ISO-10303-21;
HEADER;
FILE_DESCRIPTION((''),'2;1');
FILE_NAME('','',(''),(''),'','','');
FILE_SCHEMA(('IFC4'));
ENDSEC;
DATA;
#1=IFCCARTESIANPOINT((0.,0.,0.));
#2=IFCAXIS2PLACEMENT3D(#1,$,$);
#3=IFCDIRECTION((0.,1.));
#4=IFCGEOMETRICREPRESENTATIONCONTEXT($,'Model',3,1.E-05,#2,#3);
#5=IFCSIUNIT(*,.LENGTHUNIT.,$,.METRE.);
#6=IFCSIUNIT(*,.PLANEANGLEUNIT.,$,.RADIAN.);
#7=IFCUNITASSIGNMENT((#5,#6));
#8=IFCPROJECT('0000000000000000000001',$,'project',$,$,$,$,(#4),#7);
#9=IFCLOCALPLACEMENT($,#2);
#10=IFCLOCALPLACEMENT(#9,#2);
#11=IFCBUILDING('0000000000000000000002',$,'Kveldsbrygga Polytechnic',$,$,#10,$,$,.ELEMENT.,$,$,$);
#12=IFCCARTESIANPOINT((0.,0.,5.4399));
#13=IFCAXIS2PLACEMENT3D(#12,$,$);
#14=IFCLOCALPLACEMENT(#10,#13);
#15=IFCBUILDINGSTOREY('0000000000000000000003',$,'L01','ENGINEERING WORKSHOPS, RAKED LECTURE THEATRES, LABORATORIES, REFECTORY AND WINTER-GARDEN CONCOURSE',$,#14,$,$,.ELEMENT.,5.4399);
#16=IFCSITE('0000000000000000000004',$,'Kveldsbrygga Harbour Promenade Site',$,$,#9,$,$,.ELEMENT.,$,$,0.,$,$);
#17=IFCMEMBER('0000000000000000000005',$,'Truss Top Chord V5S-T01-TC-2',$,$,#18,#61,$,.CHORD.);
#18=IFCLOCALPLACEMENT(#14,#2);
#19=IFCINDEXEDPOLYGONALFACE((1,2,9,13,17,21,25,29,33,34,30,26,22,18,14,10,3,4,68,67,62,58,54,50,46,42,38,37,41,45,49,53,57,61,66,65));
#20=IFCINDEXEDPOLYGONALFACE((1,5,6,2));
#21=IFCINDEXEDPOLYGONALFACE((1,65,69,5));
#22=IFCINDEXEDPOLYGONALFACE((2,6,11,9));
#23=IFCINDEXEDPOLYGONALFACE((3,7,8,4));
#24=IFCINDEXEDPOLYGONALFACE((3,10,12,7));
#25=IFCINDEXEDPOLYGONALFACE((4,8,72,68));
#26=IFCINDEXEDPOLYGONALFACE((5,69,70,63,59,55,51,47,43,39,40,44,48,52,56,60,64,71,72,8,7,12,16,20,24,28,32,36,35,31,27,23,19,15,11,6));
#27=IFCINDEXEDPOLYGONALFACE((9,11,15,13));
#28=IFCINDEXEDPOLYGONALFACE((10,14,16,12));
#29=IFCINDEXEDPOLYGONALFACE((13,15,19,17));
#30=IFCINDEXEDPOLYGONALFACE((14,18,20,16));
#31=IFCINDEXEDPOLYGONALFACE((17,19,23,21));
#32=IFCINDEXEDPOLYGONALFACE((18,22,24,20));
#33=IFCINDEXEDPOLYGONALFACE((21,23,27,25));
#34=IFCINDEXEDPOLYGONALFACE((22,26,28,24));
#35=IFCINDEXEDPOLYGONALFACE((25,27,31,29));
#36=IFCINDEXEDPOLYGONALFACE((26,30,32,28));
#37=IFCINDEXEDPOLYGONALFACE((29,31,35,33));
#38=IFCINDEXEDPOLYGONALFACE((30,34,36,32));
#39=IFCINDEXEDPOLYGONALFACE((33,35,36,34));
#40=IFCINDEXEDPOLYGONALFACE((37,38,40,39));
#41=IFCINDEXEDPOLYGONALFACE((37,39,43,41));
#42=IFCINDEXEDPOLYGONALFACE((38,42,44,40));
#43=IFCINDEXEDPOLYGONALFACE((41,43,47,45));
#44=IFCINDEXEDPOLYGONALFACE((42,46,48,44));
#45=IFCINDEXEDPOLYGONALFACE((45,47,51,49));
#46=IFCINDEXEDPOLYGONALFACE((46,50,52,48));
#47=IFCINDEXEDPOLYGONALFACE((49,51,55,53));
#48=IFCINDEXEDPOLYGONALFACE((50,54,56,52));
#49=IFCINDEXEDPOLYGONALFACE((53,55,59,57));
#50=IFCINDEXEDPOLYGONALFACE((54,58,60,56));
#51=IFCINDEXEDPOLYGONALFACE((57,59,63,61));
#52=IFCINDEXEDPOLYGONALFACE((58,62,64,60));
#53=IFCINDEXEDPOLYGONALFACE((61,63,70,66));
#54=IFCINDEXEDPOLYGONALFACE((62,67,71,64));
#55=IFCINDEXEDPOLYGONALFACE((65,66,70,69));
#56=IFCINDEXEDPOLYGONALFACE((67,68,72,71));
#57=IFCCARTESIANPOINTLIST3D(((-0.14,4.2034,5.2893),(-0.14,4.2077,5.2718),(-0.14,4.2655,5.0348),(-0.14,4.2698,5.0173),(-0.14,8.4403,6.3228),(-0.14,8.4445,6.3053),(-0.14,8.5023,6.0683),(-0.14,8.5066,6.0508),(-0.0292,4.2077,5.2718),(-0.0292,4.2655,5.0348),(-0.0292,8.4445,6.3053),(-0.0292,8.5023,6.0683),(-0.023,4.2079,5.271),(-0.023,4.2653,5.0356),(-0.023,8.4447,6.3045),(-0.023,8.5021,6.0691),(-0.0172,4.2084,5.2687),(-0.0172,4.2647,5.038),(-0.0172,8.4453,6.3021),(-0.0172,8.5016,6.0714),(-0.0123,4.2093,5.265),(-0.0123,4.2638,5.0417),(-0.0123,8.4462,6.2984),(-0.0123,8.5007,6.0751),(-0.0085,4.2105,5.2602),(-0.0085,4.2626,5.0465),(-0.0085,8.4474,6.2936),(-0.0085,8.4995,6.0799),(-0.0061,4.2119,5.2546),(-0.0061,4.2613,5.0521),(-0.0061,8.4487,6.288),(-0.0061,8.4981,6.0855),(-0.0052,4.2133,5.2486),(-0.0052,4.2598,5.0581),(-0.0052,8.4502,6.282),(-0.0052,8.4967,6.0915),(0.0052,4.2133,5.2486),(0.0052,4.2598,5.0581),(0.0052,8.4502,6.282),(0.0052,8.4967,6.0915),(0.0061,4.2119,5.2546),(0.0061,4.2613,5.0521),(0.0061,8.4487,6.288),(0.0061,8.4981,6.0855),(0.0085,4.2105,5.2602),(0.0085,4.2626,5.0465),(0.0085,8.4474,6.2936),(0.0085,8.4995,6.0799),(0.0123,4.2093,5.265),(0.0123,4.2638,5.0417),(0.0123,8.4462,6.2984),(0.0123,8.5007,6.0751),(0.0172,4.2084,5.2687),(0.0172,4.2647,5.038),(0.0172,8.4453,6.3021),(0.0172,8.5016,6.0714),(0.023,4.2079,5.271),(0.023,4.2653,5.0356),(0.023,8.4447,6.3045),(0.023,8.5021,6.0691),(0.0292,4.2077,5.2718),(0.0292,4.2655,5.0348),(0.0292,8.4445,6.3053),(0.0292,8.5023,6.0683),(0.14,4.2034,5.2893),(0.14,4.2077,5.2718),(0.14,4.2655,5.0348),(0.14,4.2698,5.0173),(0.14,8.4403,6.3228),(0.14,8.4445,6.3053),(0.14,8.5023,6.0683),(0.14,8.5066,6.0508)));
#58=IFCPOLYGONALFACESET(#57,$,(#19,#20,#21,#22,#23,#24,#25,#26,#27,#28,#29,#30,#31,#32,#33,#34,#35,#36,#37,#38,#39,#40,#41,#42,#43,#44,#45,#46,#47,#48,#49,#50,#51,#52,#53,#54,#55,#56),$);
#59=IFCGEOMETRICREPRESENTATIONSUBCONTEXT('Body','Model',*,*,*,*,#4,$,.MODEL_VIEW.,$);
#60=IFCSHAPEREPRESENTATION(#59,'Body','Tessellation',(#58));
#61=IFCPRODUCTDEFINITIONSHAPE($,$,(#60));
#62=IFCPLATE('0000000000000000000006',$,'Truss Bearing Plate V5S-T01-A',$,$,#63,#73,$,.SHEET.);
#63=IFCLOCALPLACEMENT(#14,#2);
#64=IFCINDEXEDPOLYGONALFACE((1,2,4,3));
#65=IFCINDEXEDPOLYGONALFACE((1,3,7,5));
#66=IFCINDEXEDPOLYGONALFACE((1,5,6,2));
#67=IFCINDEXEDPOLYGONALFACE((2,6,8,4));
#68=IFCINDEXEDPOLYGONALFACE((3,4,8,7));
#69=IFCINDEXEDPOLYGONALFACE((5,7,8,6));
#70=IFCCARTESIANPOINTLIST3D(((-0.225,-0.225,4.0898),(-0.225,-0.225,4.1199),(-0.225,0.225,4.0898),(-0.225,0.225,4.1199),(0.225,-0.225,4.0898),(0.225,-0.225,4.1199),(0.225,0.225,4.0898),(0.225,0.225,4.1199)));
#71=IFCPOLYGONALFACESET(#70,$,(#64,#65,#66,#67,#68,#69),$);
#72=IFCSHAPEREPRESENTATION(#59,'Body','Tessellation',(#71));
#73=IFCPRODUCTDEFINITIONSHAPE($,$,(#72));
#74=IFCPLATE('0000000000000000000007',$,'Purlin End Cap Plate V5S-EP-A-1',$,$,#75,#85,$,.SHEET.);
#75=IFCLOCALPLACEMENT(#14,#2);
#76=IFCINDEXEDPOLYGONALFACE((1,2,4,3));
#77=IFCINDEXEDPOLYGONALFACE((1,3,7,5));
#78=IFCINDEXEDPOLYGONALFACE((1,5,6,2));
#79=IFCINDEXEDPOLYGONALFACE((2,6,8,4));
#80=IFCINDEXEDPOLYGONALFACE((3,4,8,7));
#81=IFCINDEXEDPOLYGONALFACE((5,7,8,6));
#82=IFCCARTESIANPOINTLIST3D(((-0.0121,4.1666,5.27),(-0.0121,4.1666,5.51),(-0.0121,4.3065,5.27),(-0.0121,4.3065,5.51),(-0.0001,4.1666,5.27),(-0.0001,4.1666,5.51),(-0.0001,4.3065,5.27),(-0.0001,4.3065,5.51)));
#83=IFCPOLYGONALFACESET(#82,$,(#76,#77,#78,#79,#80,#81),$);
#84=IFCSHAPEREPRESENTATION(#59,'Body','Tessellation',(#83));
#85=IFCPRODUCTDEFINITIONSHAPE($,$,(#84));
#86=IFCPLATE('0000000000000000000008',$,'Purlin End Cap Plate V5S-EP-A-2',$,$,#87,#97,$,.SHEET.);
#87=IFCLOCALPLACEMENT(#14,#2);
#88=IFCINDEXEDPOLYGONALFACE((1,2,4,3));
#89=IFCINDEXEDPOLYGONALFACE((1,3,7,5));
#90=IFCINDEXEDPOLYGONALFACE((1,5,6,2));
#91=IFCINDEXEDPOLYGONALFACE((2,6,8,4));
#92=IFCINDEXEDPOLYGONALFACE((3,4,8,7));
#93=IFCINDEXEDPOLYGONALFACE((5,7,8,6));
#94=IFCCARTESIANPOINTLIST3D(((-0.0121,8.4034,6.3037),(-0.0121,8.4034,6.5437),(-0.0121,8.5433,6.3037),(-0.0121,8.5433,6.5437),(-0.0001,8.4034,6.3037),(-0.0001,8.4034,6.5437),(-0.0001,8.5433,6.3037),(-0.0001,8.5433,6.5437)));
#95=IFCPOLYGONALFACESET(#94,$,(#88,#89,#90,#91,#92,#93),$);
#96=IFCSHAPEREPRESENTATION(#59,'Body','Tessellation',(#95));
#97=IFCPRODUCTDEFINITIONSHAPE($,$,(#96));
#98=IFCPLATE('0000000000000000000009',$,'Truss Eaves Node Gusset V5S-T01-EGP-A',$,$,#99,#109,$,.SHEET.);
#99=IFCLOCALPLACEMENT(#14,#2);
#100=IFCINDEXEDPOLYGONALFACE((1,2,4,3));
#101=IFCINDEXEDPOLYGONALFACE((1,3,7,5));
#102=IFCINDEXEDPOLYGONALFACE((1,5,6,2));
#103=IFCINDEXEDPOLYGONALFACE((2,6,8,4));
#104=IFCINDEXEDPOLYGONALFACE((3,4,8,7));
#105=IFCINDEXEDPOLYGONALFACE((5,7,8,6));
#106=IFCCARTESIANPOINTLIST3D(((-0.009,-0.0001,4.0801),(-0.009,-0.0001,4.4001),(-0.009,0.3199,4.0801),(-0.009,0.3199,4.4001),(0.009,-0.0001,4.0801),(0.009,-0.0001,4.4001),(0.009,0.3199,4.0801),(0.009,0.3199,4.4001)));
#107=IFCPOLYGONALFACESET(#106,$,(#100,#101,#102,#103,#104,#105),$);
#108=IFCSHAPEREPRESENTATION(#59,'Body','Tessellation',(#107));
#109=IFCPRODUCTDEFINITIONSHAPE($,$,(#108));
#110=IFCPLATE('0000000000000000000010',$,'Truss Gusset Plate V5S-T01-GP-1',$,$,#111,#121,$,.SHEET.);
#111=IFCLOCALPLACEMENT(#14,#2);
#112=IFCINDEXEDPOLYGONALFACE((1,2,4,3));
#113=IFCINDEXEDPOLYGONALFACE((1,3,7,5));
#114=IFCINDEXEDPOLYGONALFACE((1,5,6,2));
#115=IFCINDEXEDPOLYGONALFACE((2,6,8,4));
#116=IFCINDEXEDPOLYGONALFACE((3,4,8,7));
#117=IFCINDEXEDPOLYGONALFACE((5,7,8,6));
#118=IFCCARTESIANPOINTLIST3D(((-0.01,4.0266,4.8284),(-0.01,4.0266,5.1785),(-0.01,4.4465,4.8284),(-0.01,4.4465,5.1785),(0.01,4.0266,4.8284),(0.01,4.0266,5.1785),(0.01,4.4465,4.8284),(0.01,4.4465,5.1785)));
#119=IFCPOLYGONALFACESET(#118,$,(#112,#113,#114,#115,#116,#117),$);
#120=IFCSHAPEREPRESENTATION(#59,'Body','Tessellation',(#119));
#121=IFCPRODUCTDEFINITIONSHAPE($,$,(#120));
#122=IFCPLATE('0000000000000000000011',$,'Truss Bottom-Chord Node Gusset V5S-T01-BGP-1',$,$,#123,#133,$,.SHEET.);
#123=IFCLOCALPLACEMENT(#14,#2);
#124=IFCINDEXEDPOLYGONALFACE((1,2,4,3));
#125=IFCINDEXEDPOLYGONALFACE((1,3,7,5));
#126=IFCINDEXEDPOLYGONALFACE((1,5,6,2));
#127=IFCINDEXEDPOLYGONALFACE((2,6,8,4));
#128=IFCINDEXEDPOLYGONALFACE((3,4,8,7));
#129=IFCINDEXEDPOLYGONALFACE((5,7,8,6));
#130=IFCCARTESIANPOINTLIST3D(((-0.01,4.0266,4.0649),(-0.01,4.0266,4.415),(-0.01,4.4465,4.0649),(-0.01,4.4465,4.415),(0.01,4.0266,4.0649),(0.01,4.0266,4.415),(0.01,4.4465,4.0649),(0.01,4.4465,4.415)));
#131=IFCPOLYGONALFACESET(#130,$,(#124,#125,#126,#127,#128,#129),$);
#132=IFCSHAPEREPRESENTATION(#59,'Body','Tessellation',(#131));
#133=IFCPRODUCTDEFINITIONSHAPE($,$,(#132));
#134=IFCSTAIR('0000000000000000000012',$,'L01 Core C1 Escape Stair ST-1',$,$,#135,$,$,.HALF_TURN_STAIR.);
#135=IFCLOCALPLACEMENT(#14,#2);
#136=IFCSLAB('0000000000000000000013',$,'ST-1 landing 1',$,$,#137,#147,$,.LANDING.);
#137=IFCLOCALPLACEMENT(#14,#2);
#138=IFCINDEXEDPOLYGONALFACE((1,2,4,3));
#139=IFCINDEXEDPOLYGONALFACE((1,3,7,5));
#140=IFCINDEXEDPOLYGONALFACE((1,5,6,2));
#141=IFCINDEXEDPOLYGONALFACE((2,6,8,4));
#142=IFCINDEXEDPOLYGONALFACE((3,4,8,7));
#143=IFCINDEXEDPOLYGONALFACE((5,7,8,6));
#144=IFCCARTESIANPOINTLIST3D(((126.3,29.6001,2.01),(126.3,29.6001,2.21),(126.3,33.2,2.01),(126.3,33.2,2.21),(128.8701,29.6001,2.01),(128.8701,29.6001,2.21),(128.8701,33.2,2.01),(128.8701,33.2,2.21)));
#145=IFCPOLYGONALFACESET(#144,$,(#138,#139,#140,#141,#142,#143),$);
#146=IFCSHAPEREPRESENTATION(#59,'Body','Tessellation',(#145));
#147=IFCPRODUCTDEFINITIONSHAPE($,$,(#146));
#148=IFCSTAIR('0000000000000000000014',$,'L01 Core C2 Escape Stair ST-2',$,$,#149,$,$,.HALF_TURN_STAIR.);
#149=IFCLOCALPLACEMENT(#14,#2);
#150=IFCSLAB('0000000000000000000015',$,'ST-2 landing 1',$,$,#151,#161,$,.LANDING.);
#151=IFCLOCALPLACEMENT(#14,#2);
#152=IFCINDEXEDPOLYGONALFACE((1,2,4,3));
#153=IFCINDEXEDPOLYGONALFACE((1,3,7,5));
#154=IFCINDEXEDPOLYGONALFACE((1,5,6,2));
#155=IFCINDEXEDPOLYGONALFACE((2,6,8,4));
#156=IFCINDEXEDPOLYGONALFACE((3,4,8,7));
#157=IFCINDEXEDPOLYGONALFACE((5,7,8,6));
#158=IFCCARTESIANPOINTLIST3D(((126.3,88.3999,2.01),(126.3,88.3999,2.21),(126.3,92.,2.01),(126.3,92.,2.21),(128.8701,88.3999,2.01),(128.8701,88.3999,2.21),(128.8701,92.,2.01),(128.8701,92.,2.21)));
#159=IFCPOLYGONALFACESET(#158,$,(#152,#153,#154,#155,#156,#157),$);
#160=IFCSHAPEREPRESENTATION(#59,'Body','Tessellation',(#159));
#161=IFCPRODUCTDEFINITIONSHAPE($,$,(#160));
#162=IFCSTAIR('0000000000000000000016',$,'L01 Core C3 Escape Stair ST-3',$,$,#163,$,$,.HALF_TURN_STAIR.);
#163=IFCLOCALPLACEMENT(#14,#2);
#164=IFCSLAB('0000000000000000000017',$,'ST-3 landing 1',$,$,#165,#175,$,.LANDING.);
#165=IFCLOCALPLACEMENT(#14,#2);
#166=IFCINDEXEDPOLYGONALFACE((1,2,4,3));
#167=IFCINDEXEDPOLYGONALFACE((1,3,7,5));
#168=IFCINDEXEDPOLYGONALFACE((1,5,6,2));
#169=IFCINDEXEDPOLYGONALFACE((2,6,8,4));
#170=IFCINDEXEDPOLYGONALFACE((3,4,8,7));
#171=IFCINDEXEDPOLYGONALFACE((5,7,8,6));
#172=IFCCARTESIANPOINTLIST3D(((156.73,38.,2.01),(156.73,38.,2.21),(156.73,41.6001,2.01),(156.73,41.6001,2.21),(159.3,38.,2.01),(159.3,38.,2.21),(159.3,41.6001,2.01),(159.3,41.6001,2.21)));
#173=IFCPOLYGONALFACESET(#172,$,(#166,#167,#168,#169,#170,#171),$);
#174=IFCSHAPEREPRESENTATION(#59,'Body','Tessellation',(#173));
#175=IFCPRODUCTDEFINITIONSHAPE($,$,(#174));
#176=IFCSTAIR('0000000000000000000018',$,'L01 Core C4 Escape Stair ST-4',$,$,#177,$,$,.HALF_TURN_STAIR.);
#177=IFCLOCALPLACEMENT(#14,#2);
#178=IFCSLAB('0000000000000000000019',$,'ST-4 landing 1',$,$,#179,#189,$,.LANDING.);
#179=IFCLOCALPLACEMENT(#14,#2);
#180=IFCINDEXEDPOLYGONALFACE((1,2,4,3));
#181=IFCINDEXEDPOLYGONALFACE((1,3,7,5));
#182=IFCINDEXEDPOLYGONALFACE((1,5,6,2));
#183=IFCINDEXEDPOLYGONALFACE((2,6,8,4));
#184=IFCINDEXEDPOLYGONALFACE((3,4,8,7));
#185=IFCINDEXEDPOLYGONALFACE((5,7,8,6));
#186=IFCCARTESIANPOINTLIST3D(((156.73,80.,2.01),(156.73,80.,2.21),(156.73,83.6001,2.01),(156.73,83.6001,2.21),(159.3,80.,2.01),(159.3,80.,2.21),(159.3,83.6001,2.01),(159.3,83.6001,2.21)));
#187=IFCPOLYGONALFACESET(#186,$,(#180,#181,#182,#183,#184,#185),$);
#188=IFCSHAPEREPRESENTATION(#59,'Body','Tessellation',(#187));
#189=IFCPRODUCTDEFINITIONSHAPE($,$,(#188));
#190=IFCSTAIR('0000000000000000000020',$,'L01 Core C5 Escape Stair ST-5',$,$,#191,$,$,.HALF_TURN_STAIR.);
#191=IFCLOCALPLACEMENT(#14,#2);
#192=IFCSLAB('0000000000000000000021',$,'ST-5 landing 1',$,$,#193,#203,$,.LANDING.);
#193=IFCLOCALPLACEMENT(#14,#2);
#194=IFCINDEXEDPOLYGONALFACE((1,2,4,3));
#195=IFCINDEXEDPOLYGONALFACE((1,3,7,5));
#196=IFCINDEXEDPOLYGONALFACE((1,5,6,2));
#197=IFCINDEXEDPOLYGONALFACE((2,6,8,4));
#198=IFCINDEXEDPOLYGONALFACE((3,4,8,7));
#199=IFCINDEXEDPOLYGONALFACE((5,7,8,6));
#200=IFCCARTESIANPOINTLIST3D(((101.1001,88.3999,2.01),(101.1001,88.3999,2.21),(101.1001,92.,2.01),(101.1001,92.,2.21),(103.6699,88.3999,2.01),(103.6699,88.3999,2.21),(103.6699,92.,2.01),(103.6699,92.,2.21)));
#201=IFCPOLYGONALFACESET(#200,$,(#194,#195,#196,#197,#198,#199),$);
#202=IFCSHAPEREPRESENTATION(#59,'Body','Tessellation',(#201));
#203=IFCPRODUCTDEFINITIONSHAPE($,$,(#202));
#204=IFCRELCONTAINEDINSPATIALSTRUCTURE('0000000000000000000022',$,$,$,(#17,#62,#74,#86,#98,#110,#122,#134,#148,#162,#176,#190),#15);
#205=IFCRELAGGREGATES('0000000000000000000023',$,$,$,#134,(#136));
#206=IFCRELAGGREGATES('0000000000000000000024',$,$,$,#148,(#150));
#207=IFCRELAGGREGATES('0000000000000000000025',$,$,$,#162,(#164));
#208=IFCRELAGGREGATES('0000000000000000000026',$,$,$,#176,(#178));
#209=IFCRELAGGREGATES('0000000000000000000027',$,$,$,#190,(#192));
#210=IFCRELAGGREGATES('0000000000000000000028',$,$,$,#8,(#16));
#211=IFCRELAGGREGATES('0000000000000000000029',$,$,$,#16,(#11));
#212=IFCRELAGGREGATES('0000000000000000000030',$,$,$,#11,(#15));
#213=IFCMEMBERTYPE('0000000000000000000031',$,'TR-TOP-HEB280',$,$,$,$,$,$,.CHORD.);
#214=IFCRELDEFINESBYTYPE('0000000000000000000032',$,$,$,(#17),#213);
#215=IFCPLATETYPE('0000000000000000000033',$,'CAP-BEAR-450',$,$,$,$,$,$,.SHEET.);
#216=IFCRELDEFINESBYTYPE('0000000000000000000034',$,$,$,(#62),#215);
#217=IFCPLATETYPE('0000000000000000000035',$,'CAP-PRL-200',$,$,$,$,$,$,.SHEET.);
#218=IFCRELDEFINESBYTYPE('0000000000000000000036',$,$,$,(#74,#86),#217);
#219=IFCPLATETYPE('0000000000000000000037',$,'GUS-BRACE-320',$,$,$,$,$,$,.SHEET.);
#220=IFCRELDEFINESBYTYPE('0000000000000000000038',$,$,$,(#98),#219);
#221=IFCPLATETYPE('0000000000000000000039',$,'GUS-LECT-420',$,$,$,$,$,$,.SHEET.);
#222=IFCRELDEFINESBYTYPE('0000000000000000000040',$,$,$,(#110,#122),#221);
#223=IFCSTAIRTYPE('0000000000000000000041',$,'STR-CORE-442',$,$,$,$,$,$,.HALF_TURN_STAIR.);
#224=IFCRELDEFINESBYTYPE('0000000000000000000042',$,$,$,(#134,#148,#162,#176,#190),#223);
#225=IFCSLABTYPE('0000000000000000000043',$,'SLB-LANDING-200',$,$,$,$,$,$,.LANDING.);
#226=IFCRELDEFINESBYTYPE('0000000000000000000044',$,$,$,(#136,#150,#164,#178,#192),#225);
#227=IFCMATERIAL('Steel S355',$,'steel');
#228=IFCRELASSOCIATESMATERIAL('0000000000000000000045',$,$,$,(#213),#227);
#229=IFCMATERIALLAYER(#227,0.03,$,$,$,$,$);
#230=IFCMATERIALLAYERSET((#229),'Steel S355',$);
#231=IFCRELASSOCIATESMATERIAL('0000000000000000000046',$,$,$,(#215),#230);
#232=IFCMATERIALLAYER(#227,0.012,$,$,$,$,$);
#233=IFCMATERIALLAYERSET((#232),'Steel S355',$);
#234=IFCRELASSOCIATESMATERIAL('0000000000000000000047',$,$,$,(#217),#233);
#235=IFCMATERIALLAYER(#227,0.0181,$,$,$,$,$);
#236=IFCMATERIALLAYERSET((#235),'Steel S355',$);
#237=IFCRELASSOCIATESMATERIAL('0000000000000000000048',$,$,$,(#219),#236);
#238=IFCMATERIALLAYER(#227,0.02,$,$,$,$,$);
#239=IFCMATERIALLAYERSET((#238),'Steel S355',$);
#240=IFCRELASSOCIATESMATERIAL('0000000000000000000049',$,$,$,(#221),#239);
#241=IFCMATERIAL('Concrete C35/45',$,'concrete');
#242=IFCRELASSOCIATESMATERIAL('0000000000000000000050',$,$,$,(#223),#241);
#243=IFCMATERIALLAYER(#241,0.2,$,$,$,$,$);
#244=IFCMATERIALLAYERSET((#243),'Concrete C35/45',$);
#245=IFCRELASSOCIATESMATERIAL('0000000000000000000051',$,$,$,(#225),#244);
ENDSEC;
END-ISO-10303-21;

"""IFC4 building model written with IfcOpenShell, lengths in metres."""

from ifc_helpers import new_model, si_unit, direction, frame, origin, origin_2d, place, context, subcontext, project, spatial, polyline, rectangle, i_section, outline, extrude, material, layer, layer_set, material_profile, profile_set, type_object, element, aggregate, save


model = new_model("IFC4")

# Units and contexts
model_context = context("Model", 3, precision=1e-05, world=origin(), true_north=direction((0.0, 1.0)))
body_context = subcontext(model_context, "Body", "Model", "MODEL_VIEW")
ifc_project = project(units=[si_unit("LENGTHUNIT", "METRE"), si_unit("PLANEANGLEUNIT", "RADIAN")], contexts=[model_context])

# Site, building, storey
site_placement = place(None, origin())
site = spatial("IfcSite", under=ifc_project, at=site_placement, Name="Kveldsbrygga Harbour Promenade Site", CompositionType="ELEMENT", RefElevation=0.0)
building_placement = place(site_placement, origin())
building = spatial("IfcBuilding", under=site, at=building_placement, Name="Kveldsbrygga Polytechnic", CompositionType="ELEMENT")
storey_placement = place(building_placement, frame((0.0, 0.0, 5.4399)))
storey = spatial("IfcBuildingStorey", under=building, at=storey_placement, Name="L01", Description="ENGINEERING WORKSHOPS, RAKED LECTURE THEATRES, LABORATORIES, REFECTORY AND WINTER-GARDEN CONCOURSE", CompositionType="ELEMENT", Elevation=5.4399)

# Member
ifc_material_1 = material(Name="Steel S355", Category="steel")
ifc_material_profile_1 = material_profile(ifc_material_1, i_section(OverallWidth=0.28, OverallDepth=0.28, WebThickness=0.0105, FlangeThickness=0.0181, FilletRadius=0.0239, at=origin_2d()), Name="HEB 280")
ifc_profile_set_1 = profile_set([ifc_material_profile_1], Name="Steel S355")
member_type_1 = type_object("IfcMemberType", Name="TR-TOP-HEB280", PredefinedType="CHORD", material=ifc_profile_set_1)
member_1_placement = place(storey_placement, frame((0.0, 4.2366, 5.1533), z_axis=(0.0, 0.971516, 0.236973), x_axis=(-1.0, 0.0, 0.0)))
element("IfcMember", 1, at=member_1_placement, inside=storey, type_object=member_type_1, Name="Truss Top Chord V5S-T01-TC-2", PredefinedType="CHORD", context=body_context, shape_type="SweptSolid", body=[
    extrude(i_section(OverallWidth=0.28, OverallDepth=0.28, WebThickness=0.0105, FlangeThickness=0.0181, FilletRadius=0.0239, at=origin_2d()), origin(), (0.0, 0.0, 1.0), 4.3611),
])

# Plates
ifc_layer_1 = layer(ifc_material_1, 0.03)
ifc_layer_set_1 = layer_set([ifc_layer_1], Name="Steel S355")
plate_type_1 = type_object("IfcPlateType", Name="CAP-BEAR-450", PredefinedType="SHEET", material=ifc_layer_set_1)
plate_1_placement = place(storey_placement, frame((0.0, 0.0, 4.0898), z_axis=(0.0, 0.0, 1.0), x_axis=(1.0, 0.0, 0.0)))
element("IfcPlate", 2, at=plate_1_placement, inside=storey, type_object=plate_type_1, Name="Truss Bearing Plate V5S-T01-A", PredefinedType="SHEET", context=body_context, shape_type="SweptSolid", body=[
    extrude(rectangle(XDim=0.45, YDim=0.45, at=origin_2d()), origin(), (0.0, 0.0, 1.0), 0.03),
])
ifc_layer_2 = layer(ifc_material_1, 0.012)
ifc_layer_set_2 = layer_set([ifc_layer_2], Name="Steel S355")
plate_type_2 = type_object("IfcPlateType", Name="CAP-PRL-200", PredefinedType="SHEET", material=ifc_layer_set_2)
for number, where, z_axis, x_axis, name in (
    (3, (-0.0061, 4.2366, 5.27), (0.0, 0.0, 1.0), (1.0, 0.0, 0.0), "Purlin End Cap Plate V5S-EP-A-1"),
    (4, (-0.0061, 8.4734, 6.3037), (0.0, 0.0, 1.0), (1.0, 0.0, 0.0), "Purlin End Cap Plate V5S-EP-A-2"),
):
    element("IfcPlate", number, at=place(storey_placement, frame(where, z_axis=z_axis, x_axis=x_axis)), inside=storey, type_object=plate_type_2, Name=name, PredefinedType="SHEET", context=body_context, shape_type="SweptSolid", body=[
        extrude(rectangle(XDim=0.012, YDim=0.1399, at=origin_2d()), origin(), (0.0, 0.0, 1.0), 0.24),
    ])
ifc_layer_3 = layer(ifc_material_1, 0.0181)
ifc_layer_set_3 = layer_set([ifc_layer_3], Name="Steel S355")
plate_type_3 = type_object("IfcPlateType", Name="GUS-BRACE-320", PredefinedType="SHEET", material=ifc_layer_set_3)
plate_2_placement = place(storey_placement, frame((0.0, 0.1599, 4.0801), z_axis=(0.0, 0.0, 1.0), x_axis=(1.0, 0.0, 0.0)))
element("IfcPlate", 5, at=plate_2_placement, inside=storey, type_object=plate_type_3, Name="Truss Eaves Node Gusset V5S-T01-EGP-A", PredefinedType="SHEET", context=body_context, shape_type="SweptSolid", body=[
    extrude(rectangle(XDim=0.0181, YDim=0.3201, at=origin_2d()), origin(), (0.0, 0.0, 1.0), 0.3201),
])
ifc_layer_4 = layer(ifc_material_1, 0.02)
ifc_layer_set_4 = layer_set([ifc_layer_4], Name="Steel S355")
plate_type_4 = type_object("IfcPlateType", Name="GUS-LECT-420", PredefinedType="SHEET", material=ifc_layer_set_4)
for number, where, z_axis, x_axis, name in (
    (6, (0.0, 4.2366, 4.8284), (0.0, 0.0, 1.0), (1.0, 0.0, 0.0), "Truss Gusset Plate V5S-T01-GP-1"),
    (7, (0.0, 4.2366, 4.0649), (0.0, 0.0, 1.0), (1.0, 0.0, 0.0), "Truss Bottom-Chord Node Gusset V5S-T01-BGP-1"),
):
    element("IfcPlate", number, at=place(storey_placement, frame(where, z_axis=z_axis, x_axis=x_axis)), inside=storey, type_object=plate_type_4, Name=name, PredefinedType="SHEET", context=body_context, shape_type="SweptSolid", body=[
        extrude(rectangle(XDim=0.02, YDim=0.4199, at=origin_2d()), origin(), (0.0, 0.0, 1.0), 0.3501),
    ])

# Stairs, slabs
ifc_material_2 = material(Name="Concrete C35/45", Category="concrete")
stair_type = type_object("IfcStairType", Name="STR-CORE-442", PredefinedType="HALF_TURN_STAIR", material=ifc_material_2)
stair_1_placement = place(storey_placement, origin())
stair_1 = element("IfcStair", 8, at=stair_1_placement, inside=storey, type_object=stair_type, Name="L01 Core C1 Escape Stair ST-1", PredefinedType="HALF_TURN_STAIR")
ifc_layer_5 = layer(ifc_material_2, 0.2)
ifc_layer_set_5 = layer_set([ifc_layer_5], Name="Concrete C35/45")
slab_type = type_object("IfcSlabType", Name="SLB-LANDING-200", PredefinedType="LANDING", material=ifc_layer_set_5)
slab_1_placement = place(storey_placement, frame((0.0, 0.0, 2.01)))
slab_1 = element("IfcSlab", 9, at=slab_1_placement, type_object=slab_type, Name="ST-1 landing 1", PredefinedType="LANDING", context=body_context, shape_type="SweptSolid", body=[
    extrude(outline(polyline([(128.8701, 33.2), (126.3, 33.2), (126.3, 29.6001), (128.8701, 29.6001), (128.8701, 33.2)])), origin(), (0.0, 0.0, 1.0), 0.2),
])
aggregate(stair_1, [slab_1])
stair_2_placement = place(storey_placement, origin())
stair_2 = element("IfcStair", 10, at=stair_2_placement, inside=storey, type_object=stair_type, Name="L01 Core C2 Escape Stair ST-2", PredefinedType="HALF_TURN_STAIR")
slab_2_placement = place(storey_placement, frame((0.0, 0.0, 2.01)))
slab_2 = element("IfcSlab", 11, at=slab_2_placement, type_object=slab_type, Name="ST-2 landing 1", PredefinedType="LANDING", context=body_context, shape_type="SweptSolid", body=[
    extrude(outline(polyline([(128.8701, 92.0), (126.3, 92.0), (126.3, 88.3999), (128.8701, 88.3999), (128.8701, 92.0)])), origin(), (0.0, 0.0, 1.0), 0.2),
])
aggregate(stair_2, [slab_2])
stair_3_placement = place(storey_placement, origin())
stair_3 = element("IfcStair", 12, at=stair_3_placement, inside=storey, type_object=stair_type, Name="L01 Core C3 Escape Stair ST-3", PredefinedType="HALF_TURN_STAIR")
slab_3_placement = place(storey_placement, frame((0.0, 0.0, 2.01)))
slab_3 = element("IfcSlab", 13, at=slab_3_placement, type_object=slab_type, Name="ST-3 landing 1", PredefinedType="LANDING", context=body_context, shape_type="SweptSolid", body=[
    extrude(outline(polyline([(156.73, 38.0), (159.3, 38.0), (159.3, 41.6001), (156.73, 41.6001), (156.73, 38.0)])), origin(), (0.0, 0.0, 1.0), 0.2),
])
aggregate(stair_3, [slab_3])
stair_4_placement = place(storey_placement, origin())
stair_4 = element("IfcStair", 14, at=stair_4_placement, inside=storey, type_object=stair_type, Name="L01 Core C4 Escape Stair ST-4", PredefinedType="HALF_TURN_STAIR")
slab_4_placement = place(storey_placement, frame((0.0, 0.0, 2.01)))
slab_4 = element("IfcSlab", 15, at=slab_4_placement, type_object=slab_type, Name="ST-4 landing 1", PredefinedType="LANDING", context=body_context, shape_type="SweptSolid", body=[
    extrude(outline(polyline([(156.73, 80.0), (159.3, 80.0), (159.3, 83.6001), (156.73, 83.6001), (156.73, 80.0)])), origin(), (0.0, 0.0, 1.0), 0.2),
])
aggregate(stair_4, [slab_4])
stair_5_placement = place(storey_placement, origin())
stair_5 = element("IfcStair", 16, at=stair_5_placement, inside=storey, type_object=stair_type, Name="L01 Core C5 Escape Stair ST-5", PredefinedType="HALF_TURN_STAIR")
slab_5_placement = place(storey_placement, frame((0.0, 0.0, 2.01)))
slab_5 = element("IfcSlab", 17, at=slab_5_placement, type_object=slab_type, Name="ST-5 landing 1", PredefinedType="LANDING", context=body_context, shape_type="SweptSolid", body=[
    extrude(outline(polyline([(103.6699, 92.0), (101.1001, 92.0), (101.1001, 88.3999), (103.6699, 88.3999), (103.6699, 92.0)])), origin(), (0.0, 0.0, 1.0), 0.2),
])
aggregate(stair_5, [slab_5])

save(model, "model.ifc")
